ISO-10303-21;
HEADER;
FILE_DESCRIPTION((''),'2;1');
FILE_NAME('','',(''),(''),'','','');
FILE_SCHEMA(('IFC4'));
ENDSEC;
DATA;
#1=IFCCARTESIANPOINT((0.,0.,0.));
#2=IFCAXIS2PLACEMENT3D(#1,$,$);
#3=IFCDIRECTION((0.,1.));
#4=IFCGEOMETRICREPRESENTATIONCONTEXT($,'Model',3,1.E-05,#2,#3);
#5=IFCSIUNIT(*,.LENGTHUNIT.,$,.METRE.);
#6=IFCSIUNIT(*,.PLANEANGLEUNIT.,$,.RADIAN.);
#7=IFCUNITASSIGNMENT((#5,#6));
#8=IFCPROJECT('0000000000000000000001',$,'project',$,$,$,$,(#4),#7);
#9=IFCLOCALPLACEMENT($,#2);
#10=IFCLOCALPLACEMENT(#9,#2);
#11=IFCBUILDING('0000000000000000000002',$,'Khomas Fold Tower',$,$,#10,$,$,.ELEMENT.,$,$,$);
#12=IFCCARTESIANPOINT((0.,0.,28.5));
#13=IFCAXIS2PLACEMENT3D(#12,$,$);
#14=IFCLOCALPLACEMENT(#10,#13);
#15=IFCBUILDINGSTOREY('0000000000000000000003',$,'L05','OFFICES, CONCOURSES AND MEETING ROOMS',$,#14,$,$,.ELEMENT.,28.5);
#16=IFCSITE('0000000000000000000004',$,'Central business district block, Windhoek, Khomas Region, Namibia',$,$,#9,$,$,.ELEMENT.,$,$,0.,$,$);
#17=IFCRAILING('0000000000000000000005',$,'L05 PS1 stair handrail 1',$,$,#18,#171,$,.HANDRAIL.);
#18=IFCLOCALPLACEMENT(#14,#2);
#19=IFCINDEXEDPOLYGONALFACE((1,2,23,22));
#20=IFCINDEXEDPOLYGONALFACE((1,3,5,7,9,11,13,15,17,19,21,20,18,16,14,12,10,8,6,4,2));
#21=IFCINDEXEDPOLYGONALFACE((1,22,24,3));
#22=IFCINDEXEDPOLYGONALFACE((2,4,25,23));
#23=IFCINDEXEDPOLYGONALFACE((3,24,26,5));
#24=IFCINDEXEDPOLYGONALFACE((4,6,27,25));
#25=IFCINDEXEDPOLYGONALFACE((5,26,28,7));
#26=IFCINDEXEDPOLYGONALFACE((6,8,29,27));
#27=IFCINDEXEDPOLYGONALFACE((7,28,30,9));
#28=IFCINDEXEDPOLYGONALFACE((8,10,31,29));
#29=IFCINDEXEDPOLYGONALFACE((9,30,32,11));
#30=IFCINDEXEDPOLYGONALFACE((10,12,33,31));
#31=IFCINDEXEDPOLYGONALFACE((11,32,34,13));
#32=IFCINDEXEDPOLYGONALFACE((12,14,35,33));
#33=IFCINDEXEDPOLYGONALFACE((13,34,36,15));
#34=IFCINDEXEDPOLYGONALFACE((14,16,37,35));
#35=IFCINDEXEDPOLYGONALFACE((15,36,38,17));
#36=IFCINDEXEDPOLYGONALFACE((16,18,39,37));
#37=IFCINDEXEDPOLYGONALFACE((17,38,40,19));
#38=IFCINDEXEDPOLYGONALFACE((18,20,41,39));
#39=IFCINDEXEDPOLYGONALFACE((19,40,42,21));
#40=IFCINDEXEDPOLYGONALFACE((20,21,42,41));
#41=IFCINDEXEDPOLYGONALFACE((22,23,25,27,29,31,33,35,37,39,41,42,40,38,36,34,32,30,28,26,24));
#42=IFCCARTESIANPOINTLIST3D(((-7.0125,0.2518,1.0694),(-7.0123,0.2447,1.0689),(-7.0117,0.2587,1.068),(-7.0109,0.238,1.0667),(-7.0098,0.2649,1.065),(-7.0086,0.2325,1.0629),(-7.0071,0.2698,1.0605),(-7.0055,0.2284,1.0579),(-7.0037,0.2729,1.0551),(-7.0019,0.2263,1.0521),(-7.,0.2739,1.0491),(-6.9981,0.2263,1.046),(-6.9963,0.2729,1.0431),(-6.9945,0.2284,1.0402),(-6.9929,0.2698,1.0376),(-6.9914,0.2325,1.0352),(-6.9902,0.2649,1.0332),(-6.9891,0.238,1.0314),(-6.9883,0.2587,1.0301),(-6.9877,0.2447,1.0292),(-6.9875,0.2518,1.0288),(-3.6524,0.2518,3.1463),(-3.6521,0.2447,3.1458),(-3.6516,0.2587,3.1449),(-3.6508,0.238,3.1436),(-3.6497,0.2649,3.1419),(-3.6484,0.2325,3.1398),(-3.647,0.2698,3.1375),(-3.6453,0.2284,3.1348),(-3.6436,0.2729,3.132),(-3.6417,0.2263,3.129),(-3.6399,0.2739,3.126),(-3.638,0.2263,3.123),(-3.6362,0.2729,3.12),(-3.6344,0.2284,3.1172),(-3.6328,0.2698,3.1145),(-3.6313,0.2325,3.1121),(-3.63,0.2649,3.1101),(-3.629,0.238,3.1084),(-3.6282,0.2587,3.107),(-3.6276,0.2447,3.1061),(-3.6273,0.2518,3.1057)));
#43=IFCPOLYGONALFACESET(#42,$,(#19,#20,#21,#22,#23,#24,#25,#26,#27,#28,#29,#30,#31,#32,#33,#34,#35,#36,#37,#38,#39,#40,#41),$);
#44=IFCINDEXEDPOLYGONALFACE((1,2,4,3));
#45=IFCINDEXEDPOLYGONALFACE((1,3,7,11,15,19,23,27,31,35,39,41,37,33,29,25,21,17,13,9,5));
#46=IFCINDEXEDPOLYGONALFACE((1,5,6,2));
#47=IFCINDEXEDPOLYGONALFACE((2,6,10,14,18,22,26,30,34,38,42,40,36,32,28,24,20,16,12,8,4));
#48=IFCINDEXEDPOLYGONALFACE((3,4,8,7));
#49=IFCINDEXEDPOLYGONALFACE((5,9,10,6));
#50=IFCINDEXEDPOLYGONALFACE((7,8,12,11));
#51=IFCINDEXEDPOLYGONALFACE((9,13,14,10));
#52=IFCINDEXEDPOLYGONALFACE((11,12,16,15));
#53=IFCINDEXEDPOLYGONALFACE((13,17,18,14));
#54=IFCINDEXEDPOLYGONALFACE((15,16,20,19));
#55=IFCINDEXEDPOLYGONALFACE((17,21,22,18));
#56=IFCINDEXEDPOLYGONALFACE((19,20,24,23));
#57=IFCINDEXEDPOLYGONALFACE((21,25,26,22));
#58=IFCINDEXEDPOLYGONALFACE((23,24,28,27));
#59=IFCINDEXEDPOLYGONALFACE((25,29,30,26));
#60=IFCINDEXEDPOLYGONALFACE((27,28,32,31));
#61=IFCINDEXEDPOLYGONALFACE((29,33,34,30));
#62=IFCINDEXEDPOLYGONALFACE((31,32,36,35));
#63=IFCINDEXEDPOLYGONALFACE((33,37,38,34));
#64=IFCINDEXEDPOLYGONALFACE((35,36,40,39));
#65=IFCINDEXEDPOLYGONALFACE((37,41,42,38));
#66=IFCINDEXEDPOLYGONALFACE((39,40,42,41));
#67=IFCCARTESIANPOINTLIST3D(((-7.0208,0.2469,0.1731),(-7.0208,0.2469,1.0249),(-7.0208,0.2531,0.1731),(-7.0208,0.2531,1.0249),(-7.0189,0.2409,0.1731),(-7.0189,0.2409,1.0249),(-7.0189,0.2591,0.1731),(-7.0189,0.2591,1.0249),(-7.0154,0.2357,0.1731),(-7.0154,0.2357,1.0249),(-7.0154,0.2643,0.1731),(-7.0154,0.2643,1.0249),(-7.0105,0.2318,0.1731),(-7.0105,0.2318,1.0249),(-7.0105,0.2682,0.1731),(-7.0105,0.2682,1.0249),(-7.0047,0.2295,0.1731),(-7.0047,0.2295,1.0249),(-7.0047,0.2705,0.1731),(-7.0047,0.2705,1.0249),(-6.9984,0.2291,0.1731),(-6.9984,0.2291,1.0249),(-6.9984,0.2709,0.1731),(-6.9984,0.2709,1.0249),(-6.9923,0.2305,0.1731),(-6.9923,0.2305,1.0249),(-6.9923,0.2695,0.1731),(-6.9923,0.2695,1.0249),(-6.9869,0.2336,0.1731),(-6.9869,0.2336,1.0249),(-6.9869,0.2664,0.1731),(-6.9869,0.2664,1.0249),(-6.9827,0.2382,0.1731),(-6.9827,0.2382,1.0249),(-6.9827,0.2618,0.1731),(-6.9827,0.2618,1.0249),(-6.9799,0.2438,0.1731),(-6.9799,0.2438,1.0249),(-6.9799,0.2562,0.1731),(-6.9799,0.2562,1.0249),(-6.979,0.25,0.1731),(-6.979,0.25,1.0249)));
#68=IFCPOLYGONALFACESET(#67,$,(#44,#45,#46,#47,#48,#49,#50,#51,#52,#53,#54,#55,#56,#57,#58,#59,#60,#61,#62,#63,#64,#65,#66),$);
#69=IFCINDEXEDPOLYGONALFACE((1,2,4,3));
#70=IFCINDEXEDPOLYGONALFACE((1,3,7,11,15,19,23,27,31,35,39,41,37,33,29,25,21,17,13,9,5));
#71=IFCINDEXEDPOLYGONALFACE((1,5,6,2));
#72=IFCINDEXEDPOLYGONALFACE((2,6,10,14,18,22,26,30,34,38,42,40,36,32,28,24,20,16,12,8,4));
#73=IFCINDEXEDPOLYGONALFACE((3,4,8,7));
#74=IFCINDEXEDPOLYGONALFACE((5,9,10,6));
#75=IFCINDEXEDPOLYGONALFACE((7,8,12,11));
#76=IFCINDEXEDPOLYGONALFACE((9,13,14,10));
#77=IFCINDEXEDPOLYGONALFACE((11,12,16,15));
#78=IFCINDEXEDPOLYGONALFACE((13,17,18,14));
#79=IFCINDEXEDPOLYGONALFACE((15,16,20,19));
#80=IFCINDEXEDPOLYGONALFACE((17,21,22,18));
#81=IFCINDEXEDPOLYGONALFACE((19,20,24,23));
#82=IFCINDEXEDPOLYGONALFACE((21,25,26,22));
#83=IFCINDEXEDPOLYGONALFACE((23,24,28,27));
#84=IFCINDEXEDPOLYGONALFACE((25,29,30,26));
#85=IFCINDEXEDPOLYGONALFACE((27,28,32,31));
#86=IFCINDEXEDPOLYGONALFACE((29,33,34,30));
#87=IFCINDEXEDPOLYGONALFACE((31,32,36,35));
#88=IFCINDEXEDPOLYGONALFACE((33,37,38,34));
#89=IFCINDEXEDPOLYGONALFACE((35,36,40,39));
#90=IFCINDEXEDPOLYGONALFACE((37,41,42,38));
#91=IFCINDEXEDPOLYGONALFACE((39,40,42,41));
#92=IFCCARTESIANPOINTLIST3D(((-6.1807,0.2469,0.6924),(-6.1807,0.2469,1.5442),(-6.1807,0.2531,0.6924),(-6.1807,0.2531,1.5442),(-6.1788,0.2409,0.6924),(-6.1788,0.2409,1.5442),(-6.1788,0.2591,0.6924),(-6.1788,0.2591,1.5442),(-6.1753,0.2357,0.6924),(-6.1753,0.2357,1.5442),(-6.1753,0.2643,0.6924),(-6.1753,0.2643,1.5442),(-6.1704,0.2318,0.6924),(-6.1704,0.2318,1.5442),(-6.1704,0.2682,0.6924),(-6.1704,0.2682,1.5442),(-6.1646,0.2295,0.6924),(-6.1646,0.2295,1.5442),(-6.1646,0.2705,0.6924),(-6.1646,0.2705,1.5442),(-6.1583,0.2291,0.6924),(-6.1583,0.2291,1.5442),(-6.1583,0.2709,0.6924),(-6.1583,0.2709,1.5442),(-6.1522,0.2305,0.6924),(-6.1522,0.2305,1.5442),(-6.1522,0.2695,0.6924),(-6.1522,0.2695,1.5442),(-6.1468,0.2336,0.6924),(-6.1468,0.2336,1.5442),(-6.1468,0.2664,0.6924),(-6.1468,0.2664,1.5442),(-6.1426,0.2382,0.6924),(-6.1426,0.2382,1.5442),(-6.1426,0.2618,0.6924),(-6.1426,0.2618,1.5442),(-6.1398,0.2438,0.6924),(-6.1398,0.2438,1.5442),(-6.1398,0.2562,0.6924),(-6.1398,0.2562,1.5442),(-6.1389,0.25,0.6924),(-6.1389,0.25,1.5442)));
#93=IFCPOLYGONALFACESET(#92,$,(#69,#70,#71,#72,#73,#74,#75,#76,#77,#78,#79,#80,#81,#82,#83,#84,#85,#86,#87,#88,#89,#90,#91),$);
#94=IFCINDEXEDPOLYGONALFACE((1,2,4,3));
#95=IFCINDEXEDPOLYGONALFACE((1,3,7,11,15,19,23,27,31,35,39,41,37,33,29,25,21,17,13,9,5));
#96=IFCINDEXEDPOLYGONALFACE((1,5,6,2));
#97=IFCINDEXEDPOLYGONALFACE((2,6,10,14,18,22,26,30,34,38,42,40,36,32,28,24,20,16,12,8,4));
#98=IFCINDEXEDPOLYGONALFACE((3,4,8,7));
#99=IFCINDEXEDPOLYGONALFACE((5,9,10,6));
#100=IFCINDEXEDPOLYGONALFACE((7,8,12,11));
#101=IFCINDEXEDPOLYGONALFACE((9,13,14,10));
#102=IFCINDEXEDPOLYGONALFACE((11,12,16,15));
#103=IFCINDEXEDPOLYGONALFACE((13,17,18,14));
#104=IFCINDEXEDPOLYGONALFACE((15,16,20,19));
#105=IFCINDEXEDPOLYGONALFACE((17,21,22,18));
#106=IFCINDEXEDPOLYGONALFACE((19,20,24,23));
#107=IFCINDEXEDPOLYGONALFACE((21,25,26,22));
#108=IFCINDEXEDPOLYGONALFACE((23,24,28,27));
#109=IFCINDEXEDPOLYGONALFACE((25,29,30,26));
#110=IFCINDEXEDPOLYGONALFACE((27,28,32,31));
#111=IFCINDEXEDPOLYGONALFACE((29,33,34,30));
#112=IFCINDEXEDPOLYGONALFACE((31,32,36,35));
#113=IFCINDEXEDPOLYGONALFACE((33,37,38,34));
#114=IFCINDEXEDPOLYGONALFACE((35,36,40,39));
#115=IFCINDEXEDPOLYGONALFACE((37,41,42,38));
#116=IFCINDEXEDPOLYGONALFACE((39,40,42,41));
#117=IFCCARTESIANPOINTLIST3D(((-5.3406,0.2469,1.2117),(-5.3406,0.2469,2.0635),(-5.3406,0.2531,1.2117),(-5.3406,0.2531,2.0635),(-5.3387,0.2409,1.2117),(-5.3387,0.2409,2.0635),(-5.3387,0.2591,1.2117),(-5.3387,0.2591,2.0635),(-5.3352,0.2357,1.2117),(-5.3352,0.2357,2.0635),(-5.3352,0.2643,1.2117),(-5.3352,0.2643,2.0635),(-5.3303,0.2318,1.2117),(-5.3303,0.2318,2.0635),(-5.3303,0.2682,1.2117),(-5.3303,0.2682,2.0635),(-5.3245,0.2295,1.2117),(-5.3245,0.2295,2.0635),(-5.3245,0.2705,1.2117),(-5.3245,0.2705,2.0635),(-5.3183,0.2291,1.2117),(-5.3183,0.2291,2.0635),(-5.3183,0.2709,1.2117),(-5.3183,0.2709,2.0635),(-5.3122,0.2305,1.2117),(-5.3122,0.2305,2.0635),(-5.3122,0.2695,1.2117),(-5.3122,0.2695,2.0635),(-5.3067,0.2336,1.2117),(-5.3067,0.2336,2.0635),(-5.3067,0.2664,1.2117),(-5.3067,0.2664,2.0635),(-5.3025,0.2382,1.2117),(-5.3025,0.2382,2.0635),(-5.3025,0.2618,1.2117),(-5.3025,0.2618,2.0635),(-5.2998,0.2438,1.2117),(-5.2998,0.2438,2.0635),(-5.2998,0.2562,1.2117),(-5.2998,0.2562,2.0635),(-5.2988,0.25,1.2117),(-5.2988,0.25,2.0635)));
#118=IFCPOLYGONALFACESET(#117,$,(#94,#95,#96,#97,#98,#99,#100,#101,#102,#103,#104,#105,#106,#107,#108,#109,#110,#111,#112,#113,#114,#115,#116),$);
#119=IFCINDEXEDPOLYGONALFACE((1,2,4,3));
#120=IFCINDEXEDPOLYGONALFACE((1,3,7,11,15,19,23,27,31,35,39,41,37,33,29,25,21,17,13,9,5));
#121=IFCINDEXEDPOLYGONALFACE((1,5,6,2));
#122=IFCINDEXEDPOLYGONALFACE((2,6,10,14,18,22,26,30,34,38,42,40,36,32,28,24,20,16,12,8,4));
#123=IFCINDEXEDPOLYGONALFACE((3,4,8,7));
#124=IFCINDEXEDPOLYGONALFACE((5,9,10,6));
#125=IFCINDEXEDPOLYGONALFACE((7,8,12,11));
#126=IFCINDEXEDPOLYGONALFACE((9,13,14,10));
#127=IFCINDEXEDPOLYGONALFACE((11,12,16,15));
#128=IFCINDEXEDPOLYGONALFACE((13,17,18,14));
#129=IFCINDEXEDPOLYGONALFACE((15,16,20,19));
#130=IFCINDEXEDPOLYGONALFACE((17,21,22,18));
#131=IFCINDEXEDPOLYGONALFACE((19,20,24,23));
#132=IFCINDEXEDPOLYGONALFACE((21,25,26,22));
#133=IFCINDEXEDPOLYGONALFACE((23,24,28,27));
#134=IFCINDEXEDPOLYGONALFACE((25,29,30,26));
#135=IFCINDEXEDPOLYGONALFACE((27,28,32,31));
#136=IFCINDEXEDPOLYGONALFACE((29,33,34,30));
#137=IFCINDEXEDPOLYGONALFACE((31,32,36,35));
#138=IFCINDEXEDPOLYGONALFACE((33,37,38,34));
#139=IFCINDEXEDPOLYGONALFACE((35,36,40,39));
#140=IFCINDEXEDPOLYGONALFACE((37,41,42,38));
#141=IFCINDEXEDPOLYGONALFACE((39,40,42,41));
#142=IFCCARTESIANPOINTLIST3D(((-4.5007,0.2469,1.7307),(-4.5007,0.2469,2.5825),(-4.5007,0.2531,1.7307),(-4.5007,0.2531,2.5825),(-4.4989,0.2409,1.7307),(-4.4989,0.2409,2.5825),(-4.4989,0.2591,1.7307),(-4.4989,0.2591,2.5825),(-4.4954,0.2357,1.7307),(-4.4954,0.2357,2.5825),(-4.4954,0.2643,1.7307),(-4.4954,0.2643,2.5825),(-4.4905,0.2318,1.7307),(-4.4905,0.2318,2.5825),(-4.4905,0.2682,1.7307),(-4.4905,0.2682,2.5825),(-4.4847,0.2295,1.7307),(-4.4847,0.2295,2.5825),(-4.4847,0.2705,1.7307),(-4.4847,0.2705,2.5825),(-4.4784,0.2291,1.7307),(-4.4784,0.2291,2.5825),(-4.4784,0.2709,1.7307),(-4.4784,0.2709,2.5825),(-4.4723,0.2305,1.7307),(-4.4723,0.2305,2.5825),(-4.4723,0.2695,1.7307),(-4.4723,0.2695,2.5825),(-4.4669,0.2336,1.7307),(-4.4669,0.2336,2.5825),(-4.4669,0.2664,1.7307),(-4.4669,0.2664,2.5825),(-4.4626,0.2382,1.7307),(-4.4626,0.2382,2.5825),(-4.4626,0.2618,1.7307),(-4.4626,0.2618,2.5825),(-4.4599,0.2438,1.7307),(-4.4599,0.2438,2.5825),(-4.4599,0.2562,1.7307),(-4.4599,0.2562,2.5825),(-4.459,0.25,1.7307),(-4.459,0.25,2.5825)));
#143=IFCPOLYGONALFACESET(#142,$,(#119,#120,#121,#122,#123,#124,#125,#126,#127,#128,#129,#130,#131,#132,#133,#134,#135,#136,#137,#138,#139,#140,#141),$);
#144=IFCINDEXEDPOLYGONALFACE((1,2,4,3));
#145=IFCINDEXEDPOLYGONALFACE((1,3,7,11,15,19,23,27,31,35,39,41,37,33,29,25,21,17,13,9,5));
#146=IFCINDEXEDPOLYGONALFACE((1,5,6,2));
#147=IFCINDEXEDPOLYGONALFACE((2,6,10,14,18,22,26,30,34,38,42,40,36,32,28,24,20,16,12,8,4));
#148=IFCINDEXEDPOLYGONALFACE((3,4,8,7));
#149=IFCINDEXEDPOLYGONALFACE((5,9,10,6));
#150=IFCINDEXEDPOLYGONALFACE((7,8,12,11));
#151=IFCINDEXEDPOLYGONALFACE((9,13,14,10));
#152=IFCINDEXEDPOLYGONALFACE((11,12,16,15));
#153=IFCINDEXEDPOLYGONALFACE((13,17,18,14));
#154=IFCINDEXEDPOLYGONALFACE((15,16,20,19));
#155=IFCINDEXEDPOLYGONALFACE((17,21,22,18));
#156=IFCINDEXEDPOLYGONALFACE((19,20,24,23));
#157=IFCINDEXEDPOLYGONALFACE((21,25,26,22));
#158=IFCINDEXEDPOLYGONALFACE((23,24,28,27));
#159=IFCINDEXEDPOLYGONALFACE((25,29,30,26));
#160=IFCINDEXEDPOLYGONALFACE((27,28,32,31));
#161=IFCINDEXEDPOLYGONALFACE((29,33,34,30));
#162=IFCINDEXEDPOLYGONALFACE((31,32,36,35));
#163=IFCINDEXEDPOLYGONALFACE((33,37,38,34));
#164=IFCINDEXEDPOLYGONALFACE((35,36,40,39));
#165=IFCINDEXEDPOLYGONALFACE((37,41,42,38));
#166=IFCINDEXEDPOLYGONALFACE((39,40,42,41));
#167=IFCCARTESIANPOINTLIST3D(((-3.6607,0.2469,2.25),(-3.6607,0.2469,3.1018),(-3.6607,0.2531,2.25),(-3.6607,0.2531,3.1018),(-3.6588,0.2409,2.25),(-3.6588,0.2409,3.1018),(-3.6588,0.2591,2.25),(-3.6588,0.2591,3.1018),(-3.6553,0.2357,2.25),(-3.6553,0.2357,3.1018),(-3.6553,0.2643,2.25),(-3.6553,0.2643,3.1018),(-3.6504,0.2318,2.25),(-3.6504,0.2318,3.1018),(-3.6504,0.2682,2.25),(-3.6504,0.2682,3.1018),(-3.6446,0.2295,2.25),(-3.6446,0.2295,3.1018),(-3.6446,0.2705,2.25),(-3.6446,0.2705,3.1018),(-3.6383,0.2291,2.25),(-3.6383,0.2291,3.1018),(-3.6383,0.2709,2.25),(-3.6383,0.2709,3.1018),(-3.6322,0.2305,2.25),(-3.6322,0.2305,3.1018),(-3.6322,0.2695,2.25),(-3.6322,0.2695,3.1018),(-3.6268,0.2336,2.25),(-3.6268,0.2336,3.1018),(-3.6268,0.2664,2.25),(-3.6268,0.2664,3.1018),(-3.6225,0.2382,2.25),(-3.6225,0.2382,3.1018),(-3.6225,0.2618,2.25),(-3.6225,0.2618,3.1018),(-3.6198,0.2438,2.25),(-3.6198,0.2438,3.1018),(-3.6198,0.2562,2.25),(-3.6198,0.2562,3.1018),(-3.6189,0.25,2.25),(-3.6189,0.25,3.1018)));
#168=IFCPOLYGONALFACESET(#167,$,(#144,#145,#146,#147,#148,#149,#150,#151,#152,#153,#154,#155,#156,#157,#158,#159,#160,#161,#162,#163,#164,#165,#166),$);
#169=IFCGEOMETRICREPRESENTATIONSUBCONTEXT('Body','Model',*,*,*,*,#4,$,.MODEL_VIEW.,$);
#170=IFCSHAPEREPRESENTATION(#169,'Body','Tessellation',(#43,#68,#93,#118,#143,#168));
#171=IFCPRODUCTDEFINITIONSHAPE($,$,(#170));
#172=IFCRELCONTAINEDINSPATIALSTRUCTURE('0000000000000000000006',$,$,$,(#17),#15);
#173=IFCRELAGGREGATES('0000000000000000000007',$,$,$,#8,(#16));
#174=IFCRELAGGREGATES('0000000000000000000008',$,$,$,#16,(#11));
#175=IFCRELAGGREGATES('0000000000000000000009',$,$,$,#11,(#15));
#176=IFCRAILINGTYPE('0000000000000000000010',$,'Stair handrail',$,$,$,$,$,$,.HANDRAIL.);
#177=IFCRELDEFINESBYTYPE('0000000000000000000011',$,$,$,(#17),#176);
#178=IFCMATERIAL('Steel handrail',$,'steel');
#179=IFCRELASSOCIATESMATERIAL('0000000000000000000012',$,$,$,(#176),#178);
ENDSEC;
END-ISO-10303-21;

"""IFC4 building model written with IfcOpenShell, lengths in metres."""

from ifc_helpers import new_model, si_unit, direction, frame, origin, origin_2d, place, context, subcontext, project, spatial, circle, extrude, source, transform, mapped, material, type_object, element, save


model = new_model("IFC4")

# Units and contexts
model_context = context("Model", 3, precision=1e-05, world=origin(), true_north=direction((0.0, 1.0)))
body_context = subcontext(model_context, "Body", "Model", "MODEL_VIEW")
ifc_project = project(units=[si_unit("LENGTHUNIT", "METRE"), si_unit("PLANEANGLEUNIT", "RADIAN")], contexts=[model_context])

# Site, building, storey
site_placement = place(None, origin())
site = spatial("IfcSite", under=ifc_project, at=site_placement, Name="Central business district block, Windhoek, Khomas Region, Namibia", CompositionType="ELEMENT", RefElevation=0.0)
building_placement = place(site_placement, origin())
building = spatial("IfcBuilding", under=site, at=building_placement, Name="Khomas Fold Tower", CompositionType="ELEMENT")
storey_placement = place(building_placement, frame((0.0, 0.0, 28.5)))
storey = spatial("IfcBuildingStorey", under=building, at=storey_placement, Name="L05", Description="OFFICES, CONCOURSES AND MEETING ROOMS", CompositionType="ELEMENT", Elevation=28.5)

# Railing
ifc_material_1 = material(Name="Steel handrail", Category="steel")
railing_type_1 = type_object("IfcRailingType", Name="Stair handrail", PredefinedType="HANDRAIL", material=ifc_material_1)
shared_shape_1 = source(origin(), body_context, "Body", "SweptSolid", [
    extrude(circle(Radius=0.0239, at=origin_2d()), frame((0.0, 0.0, 0.876), z_axis=(0.850623, 0.0, 0.525776), x_axis=(0.0, 1.0, 0.0)), (0.0, 0.0, 1.0), 3.9502),
    extrude(circle(Radius=0.021, at=origin_2d()), origin(), (0.0, 0.0, 1.0), 0.8518),
    extrude(circle(Radius=0.021, at=origin_2d()), frame((0.8401, 0.0, 0.5193)), (0.0, 0.0, 1.0), 0.8518),
    extrude(circle(Radius=0.021, at=origin_2d()), frame((1.6802, 0.0, 1.0386)), (0.0, 0.0, 1.0), 0.8518),
    extrude(circle(Radius=0.021, at=origin_2d()), frame((2.52, 0.0, 1.5576)), (0.0, 0.0, 1.0), 0.8518),
    extrude(circle(Radius=0.021, at=origin_2d()), frame((3.3601, 0.0, 2.0769)), (0.0, 0.0, 1.0), 0.8518),
])
railing_1_placement = place(storey_placement, frame((-7.0, 0.25, 0.1731)))
element("IfcRailing", 1, at=railing_1_placement, inside=storey, type_object=railing_type_1, Name="L05 PS1 stair handrail 1", PredefinedType="HANDRAIL", context=body_context, shape_type="MappedRepresentation", body=[
    mapped(shared_shape_1, transform((0.0, 0.0, 0.0))),
])

save(model, "model.ifc")
